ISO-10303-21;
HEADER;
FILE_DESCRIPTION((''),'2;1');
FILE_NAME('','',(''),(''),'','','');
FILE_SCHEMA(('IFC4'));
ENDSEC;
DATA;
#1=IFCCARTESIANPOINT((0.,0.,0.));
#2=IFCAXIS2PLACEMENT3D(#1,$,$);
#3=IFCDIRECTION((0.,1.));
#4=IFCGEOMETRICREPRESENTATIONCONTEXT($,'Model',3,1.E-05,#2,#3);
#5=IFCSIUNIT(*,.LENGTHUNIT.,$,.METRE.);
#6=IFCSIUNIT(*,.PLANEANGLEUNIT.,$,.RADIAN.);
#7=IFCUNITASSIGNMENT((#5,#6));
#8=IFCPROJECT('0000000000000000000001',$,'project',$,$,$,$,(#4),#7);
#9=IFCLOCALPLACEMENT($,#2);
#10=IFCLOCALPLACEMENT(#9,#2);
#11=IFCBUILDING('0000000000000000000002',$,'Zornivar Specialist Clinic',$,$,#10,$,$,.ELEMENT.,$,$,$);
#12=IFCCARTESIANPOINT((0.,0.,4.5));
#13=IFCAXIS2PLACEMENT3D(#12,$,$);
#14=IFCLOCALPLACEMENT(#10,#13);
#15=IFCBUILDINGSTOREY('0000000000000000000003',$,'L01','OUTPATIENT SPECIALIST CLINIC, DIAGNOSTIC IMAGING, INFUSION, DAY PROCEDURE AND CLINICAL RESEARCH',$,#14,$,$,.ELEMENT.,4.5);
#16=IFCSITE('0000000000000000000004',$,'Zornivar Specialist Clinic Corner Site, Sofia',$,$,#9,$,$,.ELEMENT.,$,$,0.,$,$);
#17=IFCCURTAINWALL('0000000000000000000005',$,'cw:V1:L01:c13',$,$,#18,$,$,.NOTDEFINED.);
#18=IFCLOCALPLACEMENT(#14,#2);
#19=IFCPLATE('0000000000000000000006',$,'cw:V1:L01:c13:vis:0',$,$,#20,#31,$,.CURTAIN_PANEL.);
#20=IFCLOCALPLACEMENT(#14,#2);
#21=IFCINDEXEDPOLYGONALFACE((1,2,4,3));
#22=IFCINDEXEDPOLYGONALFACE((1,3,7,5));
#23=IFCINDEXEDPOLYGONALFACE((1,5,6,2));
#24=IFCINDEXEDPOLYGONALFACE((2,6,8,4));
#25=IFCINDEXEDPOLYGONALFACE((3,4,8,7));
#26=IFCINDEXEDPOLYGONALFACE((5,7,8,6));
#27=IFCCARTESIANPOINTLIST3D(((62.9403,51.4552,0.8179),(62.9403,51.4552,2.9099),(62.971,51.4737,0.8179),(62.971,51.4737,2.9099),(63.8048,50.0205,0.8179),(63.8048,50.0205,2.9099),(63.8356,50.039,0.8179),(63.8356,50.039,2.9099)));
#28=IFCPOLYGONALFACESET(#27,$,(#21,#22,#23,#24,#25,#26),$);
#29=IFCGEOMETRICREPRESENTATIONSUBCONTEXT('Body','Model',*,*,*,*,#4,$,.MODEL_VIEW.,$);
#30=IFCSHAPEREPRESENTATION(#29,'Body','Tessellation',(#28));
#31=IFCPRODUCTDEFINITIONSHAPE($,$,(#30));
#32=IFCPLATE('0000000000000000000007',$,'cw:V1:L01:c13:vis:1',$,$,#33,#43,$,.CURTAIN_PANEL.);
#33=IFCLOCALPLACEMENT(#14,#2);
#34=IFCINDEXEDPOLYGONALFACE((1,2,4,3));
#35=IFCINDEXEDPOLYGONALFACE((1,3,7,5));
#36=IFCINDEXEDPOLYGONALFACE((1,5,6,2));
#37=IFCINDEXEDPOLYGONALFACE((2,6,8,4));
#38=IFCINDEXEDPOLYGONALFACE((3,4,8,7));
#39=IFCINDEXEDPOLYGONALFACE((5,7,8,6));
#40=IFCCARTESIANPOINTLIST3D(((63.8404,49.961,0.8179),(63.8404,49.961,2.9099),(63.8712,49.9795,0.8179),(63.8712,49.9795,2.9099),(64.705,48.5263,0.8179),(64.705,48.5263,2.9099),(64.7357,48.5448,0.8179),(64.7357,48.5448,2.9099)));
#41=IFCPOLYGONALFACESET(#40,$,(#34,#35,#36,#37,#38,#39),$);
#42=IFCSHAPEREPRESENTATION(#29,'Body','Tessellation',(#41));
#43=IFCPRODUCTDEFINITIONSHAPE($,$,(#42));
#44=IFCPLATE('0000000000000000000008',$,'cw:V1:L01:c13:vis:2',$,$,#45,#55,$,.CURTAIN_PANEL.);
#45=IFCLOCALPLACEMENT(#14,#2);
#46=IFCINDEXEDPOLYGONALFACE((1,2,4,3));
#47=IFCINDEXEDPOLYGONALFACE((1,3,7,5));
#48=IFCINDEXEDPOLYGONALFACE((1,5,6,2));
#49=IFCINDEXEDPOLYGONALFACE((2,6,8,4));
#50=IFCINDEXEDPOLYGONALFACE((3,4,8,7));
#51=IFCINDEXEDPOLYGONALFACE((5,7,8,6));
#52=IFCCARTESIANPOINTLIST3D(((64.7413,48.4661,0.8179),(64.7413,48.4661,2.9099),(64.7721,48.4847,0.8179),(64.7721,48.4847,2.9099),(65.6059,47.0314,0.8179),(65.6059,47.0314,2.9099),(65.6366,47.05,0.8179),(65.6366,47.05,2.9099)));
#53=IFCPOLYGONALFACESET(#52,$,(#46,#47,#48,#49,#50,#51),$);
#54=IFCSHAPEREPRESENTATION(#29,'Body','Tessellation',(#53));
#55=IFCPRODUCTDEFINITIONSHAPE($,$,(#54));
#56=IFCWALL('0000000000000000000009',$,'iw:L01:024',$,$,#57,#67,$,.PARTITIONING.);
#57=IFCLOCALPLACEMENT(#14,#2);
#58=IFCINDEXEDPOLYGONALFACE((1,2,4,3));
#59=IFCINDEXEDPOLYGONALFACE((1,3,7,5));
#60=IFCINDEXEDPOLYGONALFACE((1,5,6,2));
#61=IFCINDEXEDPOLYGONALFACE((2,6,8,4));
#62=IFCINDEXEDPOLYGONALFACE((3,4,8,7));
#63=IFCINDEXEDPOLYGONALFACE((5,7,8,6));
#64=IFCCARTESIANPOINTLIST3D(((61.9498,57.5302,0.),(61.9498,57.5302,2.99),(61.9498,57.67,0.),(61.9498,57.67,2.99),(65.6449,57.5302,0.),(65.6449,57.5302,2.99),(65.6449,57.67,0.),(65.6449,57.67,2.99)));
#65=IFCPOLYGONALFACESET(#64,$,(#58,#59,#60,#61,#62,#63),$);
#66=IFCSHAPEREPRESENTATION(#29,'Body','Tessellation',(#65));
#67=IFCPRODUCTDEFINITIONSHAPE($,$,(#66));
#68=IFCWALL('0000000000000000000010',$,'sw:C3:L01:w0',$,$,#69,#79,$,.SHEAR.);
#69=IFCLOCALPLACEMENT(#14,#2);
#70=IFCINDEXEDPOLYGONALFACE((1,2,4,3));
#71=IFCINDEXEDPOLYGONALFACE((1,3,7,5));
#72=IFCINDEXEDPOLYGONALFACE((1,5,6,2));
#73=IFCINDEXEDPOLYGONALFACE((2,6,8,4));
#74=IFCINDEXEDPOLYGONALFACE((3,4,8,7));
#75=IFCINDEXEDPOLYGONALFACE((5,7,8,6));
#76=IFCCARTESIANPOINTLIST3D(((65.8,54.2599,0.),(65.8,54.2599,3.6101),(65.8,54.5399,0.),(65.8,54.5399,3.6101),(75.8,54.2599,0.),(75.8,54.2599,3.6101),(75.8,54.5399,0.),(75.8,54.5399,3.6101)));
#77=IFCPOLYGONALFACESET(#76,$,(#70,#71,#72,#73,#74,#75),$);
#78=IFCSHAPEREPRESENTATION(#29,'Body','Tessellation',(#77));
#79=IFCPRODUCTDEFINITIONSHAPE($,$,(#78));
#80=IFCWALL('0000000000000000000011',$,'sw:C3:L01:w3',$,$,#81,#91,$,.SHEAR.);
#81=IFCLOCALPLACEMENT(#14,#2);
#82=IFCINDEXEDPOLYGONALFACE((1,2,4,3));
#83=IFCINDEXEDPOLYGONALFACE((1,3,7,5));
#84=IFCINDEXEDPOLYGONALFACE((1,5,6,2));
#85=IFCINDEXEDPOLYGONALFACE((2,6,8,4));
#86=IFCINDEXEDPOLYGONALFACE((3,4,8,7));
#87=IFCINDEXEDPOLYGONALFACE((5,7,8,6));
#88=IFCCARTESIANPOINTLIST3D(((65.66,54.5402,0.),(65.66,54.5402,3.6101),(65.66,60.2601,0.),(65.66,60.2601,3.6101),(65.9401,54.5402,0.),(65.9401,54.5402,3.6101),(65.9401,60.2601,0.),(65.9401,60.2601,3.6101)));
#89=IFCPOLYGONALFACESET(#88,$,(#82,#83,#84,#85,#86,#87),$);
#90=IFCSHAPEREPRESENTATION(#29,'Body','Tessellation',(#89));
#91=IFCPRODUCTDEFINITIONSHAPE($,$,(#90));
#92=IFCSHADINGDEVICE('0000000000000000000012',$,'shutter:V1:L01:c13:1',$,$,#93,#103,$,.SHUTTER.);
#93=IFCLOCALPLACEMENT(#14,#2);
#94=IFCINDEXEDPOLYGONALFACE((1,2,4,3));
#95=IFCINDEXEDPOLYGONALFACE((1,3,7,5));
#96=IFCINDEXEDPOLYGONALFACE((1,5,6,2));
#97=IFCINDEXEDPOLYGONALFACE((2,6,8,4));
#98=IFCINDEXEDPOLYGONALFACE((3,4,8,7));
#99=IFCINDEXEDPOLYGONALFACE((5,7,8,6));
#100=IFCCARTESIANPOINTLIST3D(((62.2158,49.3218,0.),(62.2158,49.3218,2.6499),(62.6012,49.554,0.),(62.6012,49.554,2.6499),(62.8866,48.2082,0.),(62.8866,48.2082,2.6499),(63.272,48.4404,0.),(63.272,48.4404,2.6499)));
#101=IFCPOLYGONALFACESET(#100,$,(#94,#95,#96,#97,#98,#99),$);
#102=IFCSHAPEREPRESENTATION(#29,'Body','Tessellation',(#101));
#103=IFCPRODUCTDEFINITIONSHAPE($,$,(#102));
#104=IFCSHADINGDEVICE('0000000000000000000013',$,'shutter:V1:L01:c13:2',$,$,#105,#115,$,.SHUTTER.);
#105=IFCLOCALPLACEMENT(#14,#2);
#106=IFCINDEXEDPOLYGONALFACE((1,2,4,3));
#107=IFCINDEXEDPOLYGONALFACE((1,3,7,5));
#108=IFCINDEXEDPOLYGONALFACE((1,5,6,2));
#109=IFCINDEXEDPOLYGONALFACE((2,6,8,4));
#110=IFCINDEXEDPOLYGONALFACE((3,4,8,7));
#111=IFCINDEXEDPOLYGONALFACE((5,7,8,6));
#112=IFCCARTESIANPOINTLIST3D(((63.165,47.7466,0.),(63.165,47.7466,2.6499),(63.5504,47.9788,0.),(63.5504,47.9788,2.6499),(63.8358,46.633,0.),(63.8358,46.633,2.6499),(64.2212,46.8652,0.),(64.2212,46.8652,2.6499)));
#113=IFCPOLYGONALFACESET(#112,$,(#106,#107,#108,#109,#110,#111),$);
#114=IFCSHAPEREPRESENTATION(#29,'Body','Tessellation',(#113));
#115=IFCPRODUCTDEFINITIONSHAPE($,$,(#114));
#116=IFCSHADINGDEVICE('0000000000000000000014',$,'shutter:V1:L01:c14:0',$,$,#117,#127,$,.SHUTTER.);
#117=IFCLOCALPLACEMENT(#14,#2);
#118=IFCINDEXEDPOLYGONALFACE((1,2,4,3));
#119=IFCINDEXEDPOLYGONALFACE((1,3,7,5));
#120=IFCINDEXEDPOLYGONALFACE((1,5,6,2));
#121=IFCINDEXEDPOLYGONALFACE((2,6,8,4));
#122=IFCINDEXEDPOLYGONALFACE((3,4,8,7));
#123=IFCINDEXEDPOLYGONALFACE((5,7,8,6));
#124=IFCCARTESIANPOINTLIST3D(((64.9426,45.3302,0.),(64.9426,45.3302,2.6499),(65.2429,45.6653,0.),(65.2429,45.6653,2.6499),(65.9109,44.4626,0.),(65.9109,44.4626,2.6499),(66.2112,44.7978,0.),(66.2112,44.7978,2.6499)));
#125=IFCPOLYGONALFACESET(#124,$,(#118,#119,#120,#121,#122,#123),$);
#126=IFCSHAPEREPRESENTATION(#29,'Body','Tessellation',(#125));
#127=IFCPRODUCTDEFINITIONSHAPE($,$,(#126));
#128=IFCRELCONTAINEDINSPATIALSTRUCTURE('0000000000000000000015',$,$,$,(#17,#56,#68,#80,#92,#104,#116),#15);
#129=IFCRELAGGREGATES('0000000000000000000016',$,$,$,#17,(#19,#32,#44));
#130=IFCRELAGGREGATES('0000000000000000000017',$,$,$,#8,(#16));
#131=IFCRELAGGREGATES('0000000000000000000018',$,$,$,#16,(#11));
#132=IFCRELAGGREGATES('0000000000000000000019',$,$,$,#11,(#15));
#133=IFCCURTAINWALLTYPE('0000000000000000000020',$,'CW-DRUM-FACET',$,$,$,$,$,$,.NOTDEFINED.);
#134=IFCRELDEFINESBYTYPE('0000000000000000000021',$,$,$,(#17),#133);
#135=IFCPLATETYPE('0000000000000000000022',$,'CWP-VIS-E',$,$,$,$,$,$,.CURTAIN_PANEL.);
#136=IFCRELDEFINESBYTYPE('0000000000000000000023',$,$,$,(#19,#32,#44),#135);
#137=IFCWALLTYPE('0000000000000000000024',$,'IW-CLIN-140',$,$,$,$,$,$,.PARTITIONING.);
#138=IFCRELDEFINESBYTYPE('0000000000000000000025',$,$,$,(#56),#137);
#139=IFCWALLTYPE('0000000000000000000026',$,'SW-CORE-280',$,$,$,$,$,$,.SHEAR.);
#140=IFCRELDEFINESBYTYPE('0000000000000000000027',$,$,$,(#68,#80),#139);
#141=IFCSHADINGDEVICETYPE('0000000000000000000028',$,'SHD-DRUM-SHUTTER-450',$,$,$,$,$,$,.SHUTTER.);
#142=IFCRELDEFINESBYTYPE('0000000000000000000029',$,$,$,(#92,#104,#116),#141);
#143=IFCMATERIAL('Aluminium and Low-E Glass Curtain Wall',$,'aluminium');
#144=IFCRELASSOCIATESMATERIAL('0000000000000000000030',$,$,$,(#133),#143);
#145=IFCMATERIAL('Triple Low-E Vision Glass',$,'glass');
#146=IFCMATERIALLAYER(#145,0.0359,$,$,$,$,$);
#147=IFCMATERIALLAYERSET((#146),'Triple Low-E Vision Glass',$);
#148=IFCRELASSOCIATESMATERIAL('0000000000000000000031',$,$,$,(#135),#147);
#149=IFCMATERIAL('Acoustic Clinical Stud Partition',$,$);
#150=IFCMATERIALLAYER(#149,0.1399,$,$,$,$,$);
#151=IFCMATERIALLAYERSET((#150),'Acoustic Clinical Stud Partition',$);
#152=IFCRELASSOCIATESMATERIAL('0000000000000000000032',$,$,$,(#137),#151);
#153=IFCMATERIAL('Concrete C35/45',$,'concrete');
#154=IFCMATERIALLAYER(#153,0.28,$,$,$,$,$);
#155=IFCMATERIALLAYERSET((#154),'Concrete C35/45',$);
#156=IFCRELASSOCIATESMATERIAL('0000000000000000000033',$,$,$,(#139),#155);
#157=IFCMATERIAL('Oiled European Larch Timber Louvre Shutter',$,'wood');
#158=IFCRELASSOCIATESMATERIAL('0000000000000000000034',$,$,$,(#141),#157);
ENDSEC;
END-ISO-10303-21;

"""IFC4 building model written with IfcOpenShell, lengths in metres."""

from ifc_helpers import new_model, si_unit, direction, frame, frame_2d, origin, origin_2d, place, context, subcontext, project, spatial, rectangle, extrude, material, layer, layer_set, type_object, element, aggregate, save


model = new_model("IFC4")

# Units and contexts
model_context = context("Model", 3, precision=1e-05, world=origin(), true_north=direction((0.0, 1.0)))
body_context = subcontext(model_context, "Body", "Model", "MODEL_VIEW")
ifc_project = project(units=[si_unit("LENGTHUNIT", "METRE"), si_unit("PLANEANGLEUNIT", "RADIAN")], contexts=[model_context])

# Site, building, storey
site_placement = place(None, origin())
site = spatial("IfcSite", under=ifc_project, at=site_placement, Name="Zornivar Specialist Clinic Corner Site, Sofia", CompositionType="ELEMENT", RefElevation=0.0)
building_placement = place(site_placement, origin())
building = spatial("IfcBuilding", under=site, at=building_placement, Name="Zornivar Specialist Clinic", CompositionType="ELEMENT")
storey_placement = place(building_placement, frame((0.0, 0.0, 4.5)))
storey = spatial("IfcBuildingStorey", under=building, at=storey_placement, Name="L01", Description="OUTPATIENT SPECIALIST CLINIC, DIAGNOSTIC IMAGING, INFUSION, DAY PROCEDURE AND CLINICAL RESEARCH", CompositionType="ELEMENT", Elevation=4.5)

# Shared definitions
ifc_material_1 = material(Name="Aluminium and Low-E Glass Curtain Wall", Category="aluminium")
curtain_wall_type = type_object("IfcCurtainWallType", Name="CW-DRUM-FACET", PredefinedType="NOTDEFINED", material=ifc_material_1)

# Curtain wall
curtain_wall_1_placement = place(storey_placement, origin())
curtain_wall_1 = element("IfcCurtainWall", 1, at=curtain_wall_1_placement, inside=storey, type_object=curtain_wall_type, Name="cw:V1:L01:c13", PredefinedType="NOTDEFINED")

# Plates
ifc_material_2 = material(Name="Triple Low-E Vision Glass", Category="glass")
ifc_layer_1 = layer(ifc_material_2, 0.0359)
ifc_layer_set_1 = layer_set([ifc_layer_1], Name="Triple Low-E Vision Glass")
plate_type_1 = type_object("IfcPlateType", Name="CWP-VIS-E", PredefinedType="CURTAIN_PANEL", material=ifc_layer_set_1)
plate_1_placement = place(storey_placement, frame((63.3879, 50.7471, 0.8179), z_axis=(0.0, 0.0, 1.0), x_axis=(0.516127, -0.856512, 0.0)))
plate_1 = element("IfcPlate", 2, at=plate_1_placement, type_object=plate_type_1, Name="cw:V1:L01:c13:vis:0", PredefinedType="CURTAIN_PANEL", context=body_context, shape_type="SweptSolid", body=[
    extrude(rectangle(XDim=1.675, YDim=0.0359, at=origin_2d()), origin(), (0.0, 0.0, 1.0), 2.092),
])
plate_2_placement = place(storey_placement, frame((64.2881, 49.2529, 0.8179), z_axis=(0.0, 0.0, 1.0), x_axis=(0.516127, -0.856512, 0.0)))
plate_2 = element("IfcPlate", 3, at=plate_2_placement, type_object=plate_type_1, Name="cw:V1:L01:c13:vis:1", PredefinedType="CURTAIN_PANEL", context=body_context, shape_type="SweptSolid", body=[
    extrude(rectangle(XDim=1.675, YDim=0.0359, at=origin_2d()), origin(), (0.0, 0.0, 1.0), 2.092),
])
plate_3_placement = place(storey_placement, frame((65.189, 47.7581, 0.8179), z_axis=(0.0, 0.0, 1.0), x_axis=(0.516127, -0.856512, 0.0)))
plate_3 = element("IfcPlate", 4, at=plate_3_placement, type_object=plate_type_1, Name="cw:V1:L01:c13:vis:2", PredefinedType="CURTAIN_PANEL", context=body_context, shape_type="SweptSolid", body=[
    extrude(rectangle(XDim=1.675, YDim=0.0359, at=origin_2d()), origin(), (0.0, 0.0, 1.0), 2.092),
])
aggregate(curtain_wall_1, [plate_1, plate_2, plate_3])

# Walls
ifc_material_3 = material(Name="Acoustic Clinical Stud Partition")
ifc_layer_2 = layer(ifc_material_3, 0.1399)
ifc_layer_set_2 = layer_set([ifc_layer_2], Name="Acoustic Clinical Stud Partition")
wall_type_1 = type_object("IfcWallType", Name="IW-CLIN-140", PredefinedType="PARTITIONING", material=ifc_layer_set_2)
wall_1_placement = place(storey_placement, frame((65.645, 57.6001, 0.0), z_axis=(0.0, 0.0, 1.0), x_axis=(-1.0, 0.0, 0.0)))
element("IfcWall", 5, at=wall_1_placement, inside=storey, type_object=wall_type_1, Name="iw:L01:024", PredefinedType="PARTITIONING", context=body_context, shape_type="SweptSolid", body=[
    extrude(rectangle(XDim=3.6951, YDim=0.1399, at=frame_2d((1.8477, 0.0))), origin(), (0.0, 0.0, 1.0), 2.99),
])
ifc_material_4 = material(Name="Concrete C35/45", Category="concrete")
ifc_layer_3 = layer(ifc_material_4, 0.28)
ifc_layer_set_3 = layer_set([ifc_layer_3], Name="Concrete C35/45")
wall_type_2 = type_object("IfcWallType", Name="SW-CORE-280", PredefinedType="SHEAR", material=ifc_layer_set_3)
wall_2_placement = place(storey_placement, frame((65.8, 54.3999, 0.0), z_axis=(0.0, 0.0, 1.0), x_axis=(1.0, 0.0, 0.0)))
element("IfcWall", 6, at=wall_2_placement, inside=storey, type_object=wall_type_2, Name="sw:C3:L01:w0", PredefinedType="SHEAR", context=body_context, shape_type="SweptSolid", body=[
    extrude(rectangle(XDim=10.0, YDim=0.28, at=frame_2d((5.0, 0.0))), origin(), (0.0, 0.0, 1.0), 3.6101),
])
wall_3_placement = place(storey_placement, frame((65.8, 60.26, 0.0), z_axis=(0.0, 0.0, 1.0), x_axis=(0.0, -1.0, 0.0)))
element("IfcWall", 7, at=wall_3_placement, inside=storey, type_object=wall_type_2, Name="sw:C3:L01:w3", PredefinedType="SHEAR", context=body_context, shape_type="SweptSolid", body=[
    extrude(rectangle(XDim=5.72, YDim=0.28, at=frame_2d((2.8599, 0.0))), origin(), (0.0, 0.0, 1.0), 3.6101),
])

# Shading devices
ifc_material_5 = material(Name="Oiled European Larch Timber Louvre Shutter", Category="wood")
shading_device_type = type_object("IfcShadingDeviceType", Name="SHD-DRUM-SHUTTER-450", PredefinedType="SHUTTER", material=ifc_material_5)
for number, where, z_axis, x_axis, name in (
    (8, (62.7439, 48.8811, 0.0), (0.0, 0.0, 1.0), (0.516018, -0.856578, 0.0), "shutter:V1:L01:c13:1"),
    (9, (63.6931, 47.3059, 0.0), (0.0, 0.0, 1.0), (0.516018, -0.856578, 0.0), "shutter:V1:L01:c13:2"),
    (10, (65.5769, 45.064, 0.0), (0.0, 0.0, 1.0), (0.744797, -0.667291, 0.0), "shutter:V1:L01:c14:0"),
):
    element("IfcShadingDevice", number, at=place(storey_placement, frame(where, z_axis=z_axis, x_axis=x_axis)), inside=storey, type_object=shading_device_type, Name=name, PredefinedType="SHUTTER", context=body_context, shape_type="SweptSolid", body=[
        extrude(rectangle(XDim=1.3, YDim=0.45, at=origin_2d()), origin(), (0.0, 0.0, 1.0), 2.6499),
    ])

save(model, "model.ifc")
